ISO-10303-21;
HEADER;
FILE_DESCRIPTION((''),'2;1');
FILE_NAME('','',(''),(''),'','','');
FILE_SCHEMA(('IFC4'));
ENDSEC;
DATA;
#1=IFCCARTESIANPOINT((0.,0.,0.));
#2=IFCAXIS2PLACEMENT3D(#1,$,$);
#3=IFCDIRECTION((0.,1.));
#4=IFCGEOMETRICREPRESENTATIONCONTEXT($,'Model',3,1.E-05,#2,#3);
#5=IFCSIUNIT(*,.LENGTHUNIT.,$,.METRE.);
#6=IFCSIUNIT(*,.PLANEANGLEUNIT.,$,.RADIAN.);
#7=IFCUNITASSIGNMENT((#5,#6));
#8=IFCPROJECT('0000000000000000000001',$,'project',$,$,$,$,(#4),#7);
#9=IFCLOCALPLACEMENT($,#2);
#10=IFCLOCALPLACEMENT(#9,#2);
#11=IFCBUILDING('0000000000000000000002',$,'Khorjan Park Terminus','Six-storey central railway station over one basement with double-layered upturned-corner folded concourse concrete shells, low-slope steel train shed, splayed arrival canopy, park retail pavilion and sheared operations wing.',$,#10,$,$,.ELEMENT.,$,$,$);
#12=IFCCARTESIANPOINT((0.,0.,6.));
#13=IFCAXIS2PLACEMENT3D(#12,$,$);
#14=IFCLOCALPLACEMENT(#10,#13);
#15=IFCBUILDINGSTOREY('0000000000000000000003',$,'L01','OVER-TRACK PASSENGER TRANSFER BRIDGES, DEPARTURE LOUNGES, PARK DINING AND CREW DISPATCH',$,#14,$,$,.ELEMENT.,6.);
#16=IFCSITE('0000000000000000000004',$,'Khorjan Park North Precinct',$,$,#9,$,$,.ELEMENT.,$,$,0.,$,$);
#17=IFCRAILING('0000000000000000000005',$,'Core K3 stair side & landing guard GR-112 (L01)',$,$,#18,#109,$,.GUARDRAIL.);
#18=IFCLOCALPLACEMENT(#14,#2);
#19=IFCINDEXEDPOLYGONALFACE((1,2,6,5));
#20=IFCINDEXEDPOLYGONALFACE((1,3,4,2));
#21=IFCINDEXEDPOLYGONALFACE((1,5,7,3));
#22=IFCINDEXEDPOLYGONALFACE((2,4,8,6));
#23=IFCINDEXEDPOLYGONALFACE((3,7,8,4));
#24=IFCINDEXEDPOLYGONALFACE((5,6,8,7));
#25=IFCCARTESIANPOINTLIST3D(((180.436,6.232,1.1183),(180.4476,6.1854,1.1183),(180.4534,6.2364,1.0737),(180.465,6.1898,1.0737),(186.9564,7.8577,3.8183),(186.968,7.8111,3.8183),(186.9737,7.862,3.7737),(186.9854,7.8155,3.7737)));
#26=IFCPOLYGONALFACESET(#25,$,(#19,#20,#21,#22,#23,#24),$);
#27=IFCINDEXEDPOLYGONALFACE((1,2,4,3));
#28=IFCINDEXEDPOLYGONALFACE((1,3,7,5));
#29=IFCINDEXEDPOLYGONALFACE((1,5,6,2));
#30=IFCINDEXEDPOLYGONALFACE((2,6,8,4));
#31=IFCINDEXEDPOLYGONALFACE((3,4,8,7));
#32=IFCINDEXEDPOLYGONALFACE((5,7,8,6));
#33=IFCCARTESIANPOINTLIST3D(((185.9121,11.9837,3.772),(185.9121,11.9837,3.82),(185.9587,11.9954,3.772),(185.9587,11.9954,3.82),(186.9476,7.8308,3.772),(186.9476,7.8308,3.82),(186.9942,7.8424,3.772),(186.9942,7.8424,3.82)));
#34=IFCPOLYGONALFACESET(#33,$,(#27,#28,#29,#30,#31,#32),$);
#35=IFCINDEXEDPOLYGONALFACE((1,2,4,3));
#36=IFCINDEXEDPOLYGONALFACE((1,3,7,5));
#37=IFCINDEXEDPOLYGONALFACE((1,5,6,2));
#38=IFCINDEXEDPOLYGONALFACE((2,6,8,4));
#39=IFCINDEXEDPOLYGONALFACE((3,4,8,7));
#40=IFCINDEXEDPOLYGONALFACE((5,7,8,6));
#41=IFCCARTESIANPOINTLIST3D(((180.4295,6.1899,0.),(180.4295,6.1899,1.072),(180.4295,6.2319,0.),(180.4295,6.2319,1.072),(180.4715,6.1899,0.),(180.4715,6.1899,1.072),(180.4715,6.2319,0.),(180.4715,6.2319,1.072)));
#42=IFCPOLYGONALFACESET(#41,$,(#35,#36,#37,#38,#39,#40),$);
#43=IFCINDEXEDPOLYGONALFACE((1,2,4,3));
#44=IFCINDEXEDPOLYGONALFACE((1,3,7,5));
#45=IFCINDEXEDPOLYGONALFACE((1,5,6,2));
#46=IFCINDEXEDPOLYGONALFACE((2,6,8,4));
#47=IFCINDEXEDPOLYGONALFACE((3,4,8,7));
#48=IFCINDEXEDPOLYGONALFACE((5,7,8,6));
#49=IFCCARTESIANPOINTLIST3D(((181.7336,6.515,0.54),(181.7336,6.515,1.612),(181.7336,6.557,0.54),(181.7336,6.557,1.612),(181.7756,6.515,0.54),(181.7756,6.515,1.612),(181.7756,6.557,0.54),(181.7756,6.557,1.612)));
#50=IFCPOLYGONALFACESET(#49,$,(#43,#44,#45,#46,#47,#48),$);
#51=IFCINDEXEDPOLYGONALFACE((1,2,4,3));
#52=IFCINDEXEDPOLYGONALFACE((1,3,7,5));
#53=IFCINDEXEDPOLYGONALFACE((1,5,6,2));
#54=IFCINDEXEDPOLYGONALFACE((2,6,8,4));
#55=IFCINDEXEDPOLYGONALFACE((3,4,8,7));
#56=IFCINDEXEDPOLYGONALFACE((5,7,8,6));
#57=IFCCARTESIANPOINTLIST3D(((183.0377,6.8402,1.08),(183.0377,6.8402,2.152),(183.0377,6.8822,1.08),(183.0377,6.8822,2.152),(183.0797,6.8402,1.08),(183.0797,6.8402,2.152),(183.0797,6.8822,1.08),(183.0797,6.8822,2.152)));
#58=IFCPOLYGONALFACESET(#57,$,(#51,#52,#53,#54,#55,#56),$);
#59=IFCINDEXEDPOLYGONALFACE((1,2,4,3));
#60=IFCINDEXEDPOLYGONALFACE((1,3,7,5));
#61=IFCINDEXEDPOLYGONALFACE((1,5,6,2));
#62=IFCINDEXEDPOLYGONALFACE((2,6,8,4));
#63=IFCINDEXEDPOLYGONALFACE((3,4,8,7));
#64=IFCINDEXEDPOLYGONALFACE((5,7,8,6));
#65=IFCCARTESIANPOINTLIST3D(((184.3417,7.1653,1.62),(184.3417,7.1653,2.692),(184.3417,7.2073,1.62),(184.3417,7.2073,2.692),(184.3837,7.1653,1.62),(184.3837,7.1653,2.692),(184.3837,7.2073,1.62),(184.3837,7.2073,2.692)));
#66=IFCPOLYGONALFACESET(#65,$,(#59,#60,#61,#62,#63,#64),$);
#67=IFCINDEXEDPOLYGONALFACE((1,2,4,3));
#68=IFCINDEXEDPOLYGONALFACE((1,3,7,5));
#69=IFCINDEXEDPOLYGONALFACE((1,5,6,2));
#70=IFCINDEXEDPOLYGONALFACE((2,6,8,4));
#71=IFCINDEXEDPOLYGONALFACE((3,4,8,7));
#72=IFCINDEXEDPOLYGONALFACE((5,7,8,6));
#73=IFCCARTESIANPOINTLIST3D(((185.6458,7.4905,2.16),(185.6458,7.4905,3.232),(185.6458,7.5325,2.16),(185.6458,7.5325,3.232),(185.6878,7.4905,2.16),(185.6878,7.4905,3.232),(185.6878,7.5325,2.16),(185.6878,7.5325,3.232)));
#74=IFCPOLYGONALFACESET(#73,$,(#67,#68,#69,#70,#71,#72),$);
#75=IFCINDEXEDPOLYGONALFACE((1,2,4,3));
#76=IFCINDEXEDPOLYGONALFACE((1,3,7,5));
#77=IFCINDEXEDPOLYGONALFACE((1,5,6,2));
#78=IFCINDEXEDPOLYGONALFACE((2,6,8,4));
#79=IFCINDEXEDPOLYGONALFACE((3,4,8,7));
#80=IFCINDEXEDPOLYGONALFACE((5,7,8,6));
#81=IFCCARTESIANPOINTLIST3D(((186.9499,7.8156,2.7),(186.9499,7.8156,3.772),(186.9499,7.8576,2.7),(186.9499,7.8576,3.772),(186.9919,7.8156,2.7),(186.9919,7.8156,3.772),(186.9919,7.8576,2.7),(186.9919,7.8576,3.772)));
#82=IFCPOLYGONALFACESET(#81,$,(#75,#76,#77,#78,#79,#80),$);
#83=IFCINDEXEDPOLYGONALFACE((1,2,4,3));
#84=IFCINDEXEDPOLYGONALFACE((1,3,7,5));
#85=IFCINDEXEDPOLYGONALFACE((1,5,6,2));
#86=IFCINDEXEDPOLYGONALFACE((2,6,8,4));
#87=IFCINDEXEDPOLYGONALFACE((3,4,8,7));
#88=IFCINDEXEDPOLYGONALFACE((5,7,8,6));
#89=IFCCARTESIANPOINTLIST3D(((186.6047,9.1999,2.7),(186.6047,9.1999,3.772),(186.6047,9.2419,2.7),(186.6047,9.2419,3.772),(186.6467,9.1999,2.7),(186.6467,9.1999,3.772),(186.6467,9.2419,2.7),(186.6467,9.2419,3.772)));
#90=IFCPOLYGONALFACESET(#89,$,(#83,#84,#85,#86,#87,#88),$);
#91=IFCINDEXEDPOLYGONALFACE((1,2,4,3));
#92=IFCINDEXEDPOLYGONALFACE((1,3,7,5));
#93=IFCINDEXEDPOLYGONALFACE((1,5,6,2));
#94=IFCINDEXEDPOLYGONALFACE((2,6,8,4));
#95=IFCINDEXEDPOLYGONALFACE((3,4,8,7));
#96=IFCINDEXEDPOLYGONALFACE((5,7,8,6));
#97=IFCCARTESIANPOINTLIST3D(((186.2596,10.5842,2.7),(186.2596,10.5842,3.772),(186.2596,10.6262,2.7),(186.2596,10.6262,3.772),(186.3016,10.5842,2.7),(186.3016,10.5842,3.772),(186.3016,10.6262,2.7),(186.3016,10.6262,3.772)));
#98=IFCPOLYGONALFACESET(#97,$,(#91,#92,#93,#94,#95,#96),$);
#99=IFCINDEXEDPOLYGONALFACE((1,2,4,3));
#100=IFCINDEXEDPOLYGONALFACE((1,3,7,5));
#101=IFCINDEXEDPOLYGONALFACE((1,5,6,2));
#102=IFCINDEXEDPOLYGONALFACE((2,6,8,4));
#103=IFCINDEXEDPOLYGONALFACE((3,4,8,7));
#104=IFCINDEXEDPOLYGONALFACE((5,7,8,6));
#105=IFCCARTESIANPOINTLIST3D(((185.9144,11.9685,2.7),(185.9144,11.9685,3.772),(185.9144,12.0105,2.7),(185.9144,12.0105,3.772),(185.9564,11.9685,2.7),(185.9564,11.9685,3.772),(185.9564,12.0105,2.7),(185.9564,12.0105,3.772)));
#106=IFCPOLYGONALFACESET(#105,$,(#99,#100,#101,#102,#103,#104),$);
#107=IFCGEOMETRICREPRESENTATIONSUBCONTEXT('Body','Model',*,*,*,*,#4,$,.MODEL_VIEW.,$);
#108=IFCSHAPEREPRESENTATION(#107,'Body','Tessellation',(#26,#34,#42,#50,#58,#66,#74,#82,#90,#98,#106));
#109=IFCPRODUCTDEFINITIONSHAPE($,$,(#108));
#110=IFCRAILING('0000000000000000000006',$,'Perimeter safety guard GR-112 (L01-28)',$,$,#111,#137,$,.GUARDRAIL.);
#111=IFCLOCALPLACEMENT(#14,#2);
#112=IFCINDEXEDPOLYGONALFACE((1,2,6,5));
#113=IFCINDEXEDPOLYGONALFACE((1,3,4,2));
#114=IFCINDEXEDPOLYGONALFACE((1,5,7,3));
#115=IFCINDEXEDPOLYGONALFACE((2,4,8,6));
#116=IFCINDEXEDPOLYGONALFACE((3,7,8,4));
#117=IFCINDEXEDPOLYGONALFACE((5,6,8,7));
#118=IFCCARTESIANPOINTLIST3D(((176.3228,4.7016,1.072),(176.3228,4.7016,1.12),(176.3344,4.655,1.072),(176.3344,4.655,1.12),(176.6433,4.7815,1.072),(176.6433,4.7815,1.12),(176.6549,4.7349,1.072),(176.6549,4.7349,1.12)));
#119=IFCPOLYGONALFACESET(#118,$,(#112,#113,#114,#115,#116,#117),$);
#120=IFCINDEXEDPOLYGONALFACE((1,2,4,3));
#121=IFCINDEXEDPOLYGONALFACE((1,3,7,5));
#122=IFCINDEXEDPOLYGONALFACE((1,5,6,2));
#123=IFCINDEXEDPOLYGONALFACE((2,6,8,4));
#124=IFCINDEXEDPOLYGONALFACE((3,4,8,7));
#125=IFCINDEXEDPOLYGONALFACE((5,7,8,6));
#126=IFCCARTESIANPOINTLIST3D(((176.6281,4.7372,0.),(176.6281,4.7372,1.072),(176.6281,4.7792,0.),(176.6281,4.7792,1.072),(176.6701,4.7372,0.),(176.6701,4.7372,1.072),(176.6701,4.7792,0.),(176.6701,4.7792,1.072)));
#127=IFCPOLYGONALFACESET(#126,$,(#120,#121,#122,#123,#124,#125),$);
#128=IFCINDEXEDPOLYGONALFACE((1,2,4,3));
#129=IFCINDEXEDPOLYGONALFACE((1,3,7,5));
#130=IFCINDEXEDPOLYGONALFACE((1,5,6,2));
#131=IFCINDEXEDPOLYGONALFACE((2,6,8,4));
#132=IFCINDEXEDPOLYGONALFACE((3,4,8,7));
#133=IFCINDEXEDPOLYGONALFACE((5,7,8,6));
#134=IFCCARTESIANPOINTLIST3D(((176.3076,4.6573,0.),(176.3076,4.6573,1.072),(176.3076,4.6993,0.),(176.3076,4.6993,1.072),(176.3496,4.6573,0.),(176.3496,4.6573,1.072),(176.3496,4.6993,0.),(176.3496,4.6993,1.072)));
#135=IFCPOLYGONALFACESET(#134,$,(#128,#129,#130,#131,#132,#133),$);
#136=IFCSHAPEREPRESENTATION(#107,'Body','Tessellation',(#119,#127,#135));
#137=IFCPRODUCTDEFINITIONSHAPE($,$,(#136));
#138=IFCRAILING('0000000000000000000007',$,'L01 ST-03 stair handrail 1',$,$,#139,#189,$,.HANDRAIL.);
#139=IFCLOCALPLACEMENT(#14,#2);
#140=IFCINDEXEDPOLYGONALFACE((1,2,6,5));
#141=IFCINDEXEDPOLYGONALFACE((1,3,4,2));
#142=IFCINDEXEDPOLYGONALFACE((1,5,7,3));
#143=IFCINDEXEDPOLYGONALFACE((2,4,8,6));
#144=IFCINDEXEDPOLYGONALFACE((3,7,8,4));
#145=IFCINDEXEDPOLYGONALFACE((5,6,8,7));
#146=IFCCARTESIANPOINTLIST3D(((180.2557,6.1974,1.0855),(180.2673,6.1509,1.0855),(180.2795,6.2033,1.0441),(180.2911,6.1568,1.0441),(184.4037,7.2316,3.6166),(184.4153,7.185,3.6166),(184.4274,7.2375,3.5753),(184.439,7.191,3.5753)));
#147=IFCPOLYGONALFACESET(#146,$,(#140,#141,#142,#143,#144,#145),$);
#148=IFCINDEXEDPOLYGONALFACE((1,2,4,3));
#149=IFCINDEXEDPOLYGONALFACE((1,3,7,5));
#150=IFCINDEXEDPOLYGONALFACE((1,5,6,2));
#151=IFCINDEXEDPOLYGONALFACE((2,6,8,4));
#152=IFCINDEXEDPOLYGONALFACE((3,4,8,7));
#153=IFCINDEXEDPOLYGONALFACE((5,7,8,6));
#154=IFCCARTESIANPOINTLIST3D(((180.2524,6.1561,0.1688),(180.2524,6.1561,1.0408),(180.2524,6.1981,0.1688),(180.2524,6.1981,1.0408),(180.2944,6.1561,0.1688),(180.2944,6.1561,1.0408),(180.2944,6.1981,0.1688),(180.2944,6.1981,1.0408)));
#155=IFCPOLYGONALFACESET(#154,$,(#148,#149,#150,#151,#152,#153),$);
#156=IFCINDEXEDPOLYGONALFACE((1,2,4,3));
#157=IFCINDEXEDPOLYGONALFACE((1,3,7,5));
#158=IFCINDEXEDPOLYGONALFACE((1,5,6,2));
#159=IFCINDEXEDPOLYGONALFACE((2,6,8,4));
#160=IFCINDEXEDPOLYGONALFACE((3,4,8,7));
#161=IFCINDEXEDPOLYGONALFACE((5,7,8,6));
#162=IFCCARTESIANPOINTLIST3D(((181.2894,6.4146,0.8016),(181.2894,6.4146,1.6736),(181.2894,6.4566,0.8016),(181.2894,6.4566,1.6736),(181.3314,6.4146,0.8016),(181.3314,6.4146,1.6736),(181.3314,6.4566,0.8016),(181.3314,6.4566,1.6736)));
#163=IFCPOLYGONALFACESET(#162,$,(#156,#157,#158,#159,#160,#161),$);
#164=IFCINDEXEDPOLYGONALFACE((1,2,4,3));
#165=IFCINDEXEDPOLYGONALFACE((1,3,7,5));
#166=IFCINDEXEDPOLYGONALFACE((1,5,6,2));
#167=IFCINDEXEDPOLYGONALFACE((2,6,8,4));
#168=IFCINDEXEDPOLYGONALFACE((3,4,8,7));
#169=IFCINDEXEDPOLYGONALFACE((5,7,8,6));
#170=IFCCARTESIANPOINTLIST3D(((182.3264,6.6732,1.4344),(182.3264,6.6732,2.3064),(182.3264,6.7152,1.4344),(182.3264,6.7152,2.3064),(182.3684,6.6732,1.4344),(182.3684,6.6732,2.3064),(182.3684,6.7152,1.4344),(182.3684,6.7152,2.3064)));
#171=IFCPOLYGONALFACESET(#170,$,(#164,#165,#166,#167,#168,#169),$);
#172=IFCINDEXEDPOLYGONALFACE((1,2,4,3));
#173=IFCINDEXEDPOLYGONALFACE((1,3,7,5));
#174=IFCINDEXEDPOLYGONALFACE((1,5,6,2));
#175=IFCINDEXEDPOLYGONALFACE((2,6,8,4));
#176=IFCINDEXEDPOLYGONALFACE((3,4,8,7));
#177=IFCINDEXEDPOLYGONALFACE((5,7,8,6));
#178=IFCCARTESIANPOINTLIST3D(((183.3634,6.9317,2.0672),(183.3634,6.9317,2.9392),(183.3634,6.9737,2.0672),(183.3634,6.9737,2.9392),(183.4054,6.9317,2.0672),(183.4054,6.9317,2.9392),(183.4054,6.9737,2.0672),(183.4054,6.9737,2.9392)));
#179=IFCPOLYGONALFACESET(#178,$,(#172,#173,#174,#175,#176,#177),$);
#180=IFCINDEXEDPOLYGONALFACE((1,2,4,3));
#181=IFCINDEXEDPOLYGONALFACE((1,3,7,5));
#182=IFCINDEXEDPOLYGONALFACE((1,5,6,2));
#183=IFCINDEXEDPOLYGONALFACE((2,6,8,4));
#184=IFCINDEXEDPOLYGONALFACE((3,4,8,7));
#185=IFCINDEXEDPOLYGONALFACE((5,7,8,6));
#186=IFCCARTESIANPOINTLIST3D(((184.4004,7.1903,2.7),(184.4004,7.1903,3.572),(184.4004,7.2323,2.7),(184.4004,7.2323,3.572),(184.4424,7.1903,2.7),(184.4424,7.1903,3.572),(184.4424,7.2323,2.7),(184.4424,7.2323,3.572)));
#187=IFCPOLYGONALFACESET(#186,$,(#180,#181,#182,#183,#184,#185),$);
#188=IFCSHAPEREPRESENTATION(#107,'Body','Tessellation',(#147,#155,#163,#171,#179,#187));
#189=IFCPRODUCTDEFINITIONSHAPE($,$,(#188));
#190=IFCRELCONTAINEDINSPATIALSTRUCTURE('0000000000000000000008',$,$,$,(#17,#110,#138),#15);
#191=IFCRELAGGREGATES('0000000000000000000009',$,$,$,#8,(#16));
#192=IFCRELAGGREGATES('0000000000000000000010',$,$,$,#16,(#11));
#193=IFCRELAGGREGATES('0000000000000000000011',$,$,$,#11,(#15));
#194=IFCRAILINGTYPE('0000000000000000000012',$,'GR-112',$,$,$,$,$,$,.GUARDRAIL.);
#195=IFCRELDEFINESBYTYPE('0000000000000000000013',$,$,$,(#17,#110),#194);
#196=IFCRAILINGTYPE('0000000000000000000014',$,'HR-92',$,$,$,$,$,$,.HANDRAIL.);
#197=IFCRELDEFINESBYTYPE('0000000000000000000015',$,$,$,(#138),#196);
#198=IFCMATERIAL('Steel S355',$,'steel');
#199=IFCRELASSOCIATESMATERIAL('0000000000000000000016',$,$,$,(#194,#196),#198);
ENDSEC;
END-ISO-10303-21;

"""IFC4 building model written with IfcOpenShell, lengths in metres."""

from ifc_helpers import new_model, si_unit, direction, frame, origin, origin_2d, place, context, subcontext, project, spatial, rectangle, extrude, material, type_object, element, save


model = new_model("IFC4")

# Units and contexts
model_context = context("Model", 3, precision=1e-05, world=origin(), true_north=direction((0.0, 1.0)))
body_context = subcontext(model_context, "Body", "Model", "MODEL_VIEW")
ifc_project = project(units=[si_unit("LENGTHUNIT", "METRE"), si_unit("PLANEANGLEUNIT", "RADIAN")], contexts=[model_context])

# Site, building, storey
site_placement = place(None, origin())
site = spatial("IfcSite", under=ifc_project, at=site_placement, Name="Khorjan Park North Precinct", CompositionType="ELEMENT", RefElevation=0.0)
building_placement = place(site_placement, origin())
building = spatial("IfcBuilding", under=site, at=building_placement, Name="Khorjan Park Terminus", Description="Six-storey central railway station over one basement with double-layered upturned-corner folded concourse concrete shells, low-slope steel train shed, splayed arrival canopy, park retail pavilion and sheared operations wing.", CompositionType="ELEMENT")
storey_placement = place(building_placement, frame((0.0, 0.0, 6.0)))
storey = spatial("IfcBuildingStorey", under=building, at=storey_placement, Name="L01", Description="OVER-TRACK PASSENGER TRANSFER BRIDGES, DEPARTURE LOUNGES, PARK DINING AND CREW DISPATCH", CompositionType="ELEMENT", Elevation=6.0)

# Shared definitions
ifc_material_1 = material(Name="Steel S355", Category="steel")

# Railings
railing_type_1 = type_object("IfcRailingType", Name="GR-112", PredefinedType="GUARDRAIL", material=ifc_material_1)
railing_1_placement = place(storey_placement, frame((180.4505, 6.2109, 0.0)))
element("IfcRailing", 1, at=railing_1_placement, inside=storey, type_object=railing_type_1, Name="Core K3 stair side & landing guard GR-112 (L01)", PredefinedType="GUARDRAIL", context=body_context, shape_type="SweptSolid", body=[
    extrude(rectangle(XDim=0.048, YDim=0.048, at=origin_2d()), frame((0.0, 0.0, 1.096), z_axis=(0.900342, 0.224478, 0.372818), x_axis=(-0.241919, 0.970296, 0.0)), (0.0, 0.0, 1.0), 7.2421),
    extrude(rectangle(XDim=0.048, YDim=0.048, at=origin_2d()), frame((6.5204, 1.6257, 3.796), z_axis=(-0.241936, 0.970292, 0.0), x_axis=(-0.970292, -0.241936, 0.0)), (0.0, 0.0, 1.0), 4.2801),
    extrude(rectangle(XDim=0.042, YDim=0.042, at=origin_2d()), origin(), (0.0, 0.0, 1.0), 1.072),
    extrude(rectangle(XDim=0.042, YDim=0.042, at=origin_2d()), frame((1.3041, 0.3251, 0.54)), (0.0, 0.0, 1.0), 1.072),
    extrude(rectangle(XDim=0.042, YDim=0.042, at=origin_2d()), frame((2.6082, 0.6503, 1.08)), (0.0, 0.0, 1.0), 1.072),
    extrude(rectangle(XDim=0.042, YDim=0.042, at=origin_2d()), frame((3.9122, 0.9754, 1.62)), (0.0, 0.0, 1.0), 1.072),
    extrude(rectangle(XDim=0.042, YDim=0.042, at=origin_2d()), frame((5.2163, 1.3006, 2.16)), (0.0, 0.0, 1.0), 1.072),
    extrude(rectangle(XDim=0.042, YDim=0.042, at=origin_2d()), frame((6.5204, 1.6257, 2.7)), (0.0, 0.0, 1.0), 1.072),
    extrude(rectangle(XDim=0.042, YDim=0.042, at=origin_2d()), frame((6.1752, 3.01, 2.7)), (0.0, 0.0, 1.0), 1.072),
    extrude(rectangle(XDim=0.042, YDim=0.042, at=origin_2d()), frame((5.8301, 4.3943, 2.7)), (0.0, 0.0, 1.0), 1.072),
    extrude(rectangle(XDim=0.042, YDim=0.042, at=origin_2d()), frame((5.4849, 5.7786, 2.7)), (0.0, 0.0, 1.0), 1.072),
])
railing_2_placement = place(storey_placement, frame((176.6491, 4.7582, 0.0)))
element("IfcRailing", 2, at=railing_2_placement, inside=storey, type_object=railing_type_1, Name="Perimeter safety guard GR-112 (L01-28)", PredefinedType="GUARDRAIL", context=body_context, shape_type="SweptSolid", body=[
    extrude(rectangle(XDim=0.048, YDim=0.048, at=origin_2d()), frame((0.0, 0.0, 1.096), z_axis=(-0.970303, -0.241894, 0.0), x_axis=(0.241894, -0.970303, 0.0)), (0.0, 0.0, 1.0), 0.3303),
    extrude(rectangle(XDim=0.042, YDim=0.042, at=origin_2d()), origin(), (0.0, 0.0, 1.0), 1.072),
    extrude(rectangle(XDim=0.042, YDim=0.042, at=origin_2d()), frame((-0.3205, -0.0799, 0.0)), (0.0, 0.0, 1.0), 1.072),
])
railing_type_2 = type_object("IfcRailingType", Name="HR-92", PredefinedType="HANDRAIL", material=ifc_material_1)
railing_3_placement = place(storey_placement, frame((180.2734, 6.1771, 0.1688)))
element("IfcRailing", 3, at=railing_3_placement, inside=storey, type_object=railing_type_2, Name="L01 ST-03 stair handrail 1", PredefinedType="HANDRAIL", context=body_context, shape_type="SweptSolid", body=[
    extrude(rectangle(XDim=0.048, YDim=0.048, at=origin_2d()), frame((0.0, 0.0, 0.896), z_axis=(0.83492, 0.208166, 0.509486), x_axis=(-0.241919, 0.970296, 0.0)), (0.0, 0.0, 1.0), 4.9681),
    extrude(rectangle(XDim=0.042, YDim=0.042, at=origin_2d()), origin(), (0.0, 0.0, 1.0), 0.872),
    extrude(rectangle(XDim=0.042, YDim=0.042, at=origin_2d()), frame((1.037, 0.2585, 0.6328)), (0.0, 0.0, 1.0), 0.872),
    extrude(rectangle(XDim=0.042, YDim=0.042, at=origin_2d()), frame((2.074, 0.5171, 1.2656)), (0.0, 0.0, 1.0), 0.872),
    extrude(rectangle(XDim=0.042, YDim=0.042, at=origin_2d()), frame((3.111, 0.7756, 1.8984)), (0.0, 0.0, 1.0), 0.872),
    extrude(rectangle(XDim=0.042, YDim=0.042, at=origin_2d()), frame((4.148, 1.0342, 2.5312)), (0.0, 0.0, 1.0), 0.872),
])

save(model, "model.ifc")
